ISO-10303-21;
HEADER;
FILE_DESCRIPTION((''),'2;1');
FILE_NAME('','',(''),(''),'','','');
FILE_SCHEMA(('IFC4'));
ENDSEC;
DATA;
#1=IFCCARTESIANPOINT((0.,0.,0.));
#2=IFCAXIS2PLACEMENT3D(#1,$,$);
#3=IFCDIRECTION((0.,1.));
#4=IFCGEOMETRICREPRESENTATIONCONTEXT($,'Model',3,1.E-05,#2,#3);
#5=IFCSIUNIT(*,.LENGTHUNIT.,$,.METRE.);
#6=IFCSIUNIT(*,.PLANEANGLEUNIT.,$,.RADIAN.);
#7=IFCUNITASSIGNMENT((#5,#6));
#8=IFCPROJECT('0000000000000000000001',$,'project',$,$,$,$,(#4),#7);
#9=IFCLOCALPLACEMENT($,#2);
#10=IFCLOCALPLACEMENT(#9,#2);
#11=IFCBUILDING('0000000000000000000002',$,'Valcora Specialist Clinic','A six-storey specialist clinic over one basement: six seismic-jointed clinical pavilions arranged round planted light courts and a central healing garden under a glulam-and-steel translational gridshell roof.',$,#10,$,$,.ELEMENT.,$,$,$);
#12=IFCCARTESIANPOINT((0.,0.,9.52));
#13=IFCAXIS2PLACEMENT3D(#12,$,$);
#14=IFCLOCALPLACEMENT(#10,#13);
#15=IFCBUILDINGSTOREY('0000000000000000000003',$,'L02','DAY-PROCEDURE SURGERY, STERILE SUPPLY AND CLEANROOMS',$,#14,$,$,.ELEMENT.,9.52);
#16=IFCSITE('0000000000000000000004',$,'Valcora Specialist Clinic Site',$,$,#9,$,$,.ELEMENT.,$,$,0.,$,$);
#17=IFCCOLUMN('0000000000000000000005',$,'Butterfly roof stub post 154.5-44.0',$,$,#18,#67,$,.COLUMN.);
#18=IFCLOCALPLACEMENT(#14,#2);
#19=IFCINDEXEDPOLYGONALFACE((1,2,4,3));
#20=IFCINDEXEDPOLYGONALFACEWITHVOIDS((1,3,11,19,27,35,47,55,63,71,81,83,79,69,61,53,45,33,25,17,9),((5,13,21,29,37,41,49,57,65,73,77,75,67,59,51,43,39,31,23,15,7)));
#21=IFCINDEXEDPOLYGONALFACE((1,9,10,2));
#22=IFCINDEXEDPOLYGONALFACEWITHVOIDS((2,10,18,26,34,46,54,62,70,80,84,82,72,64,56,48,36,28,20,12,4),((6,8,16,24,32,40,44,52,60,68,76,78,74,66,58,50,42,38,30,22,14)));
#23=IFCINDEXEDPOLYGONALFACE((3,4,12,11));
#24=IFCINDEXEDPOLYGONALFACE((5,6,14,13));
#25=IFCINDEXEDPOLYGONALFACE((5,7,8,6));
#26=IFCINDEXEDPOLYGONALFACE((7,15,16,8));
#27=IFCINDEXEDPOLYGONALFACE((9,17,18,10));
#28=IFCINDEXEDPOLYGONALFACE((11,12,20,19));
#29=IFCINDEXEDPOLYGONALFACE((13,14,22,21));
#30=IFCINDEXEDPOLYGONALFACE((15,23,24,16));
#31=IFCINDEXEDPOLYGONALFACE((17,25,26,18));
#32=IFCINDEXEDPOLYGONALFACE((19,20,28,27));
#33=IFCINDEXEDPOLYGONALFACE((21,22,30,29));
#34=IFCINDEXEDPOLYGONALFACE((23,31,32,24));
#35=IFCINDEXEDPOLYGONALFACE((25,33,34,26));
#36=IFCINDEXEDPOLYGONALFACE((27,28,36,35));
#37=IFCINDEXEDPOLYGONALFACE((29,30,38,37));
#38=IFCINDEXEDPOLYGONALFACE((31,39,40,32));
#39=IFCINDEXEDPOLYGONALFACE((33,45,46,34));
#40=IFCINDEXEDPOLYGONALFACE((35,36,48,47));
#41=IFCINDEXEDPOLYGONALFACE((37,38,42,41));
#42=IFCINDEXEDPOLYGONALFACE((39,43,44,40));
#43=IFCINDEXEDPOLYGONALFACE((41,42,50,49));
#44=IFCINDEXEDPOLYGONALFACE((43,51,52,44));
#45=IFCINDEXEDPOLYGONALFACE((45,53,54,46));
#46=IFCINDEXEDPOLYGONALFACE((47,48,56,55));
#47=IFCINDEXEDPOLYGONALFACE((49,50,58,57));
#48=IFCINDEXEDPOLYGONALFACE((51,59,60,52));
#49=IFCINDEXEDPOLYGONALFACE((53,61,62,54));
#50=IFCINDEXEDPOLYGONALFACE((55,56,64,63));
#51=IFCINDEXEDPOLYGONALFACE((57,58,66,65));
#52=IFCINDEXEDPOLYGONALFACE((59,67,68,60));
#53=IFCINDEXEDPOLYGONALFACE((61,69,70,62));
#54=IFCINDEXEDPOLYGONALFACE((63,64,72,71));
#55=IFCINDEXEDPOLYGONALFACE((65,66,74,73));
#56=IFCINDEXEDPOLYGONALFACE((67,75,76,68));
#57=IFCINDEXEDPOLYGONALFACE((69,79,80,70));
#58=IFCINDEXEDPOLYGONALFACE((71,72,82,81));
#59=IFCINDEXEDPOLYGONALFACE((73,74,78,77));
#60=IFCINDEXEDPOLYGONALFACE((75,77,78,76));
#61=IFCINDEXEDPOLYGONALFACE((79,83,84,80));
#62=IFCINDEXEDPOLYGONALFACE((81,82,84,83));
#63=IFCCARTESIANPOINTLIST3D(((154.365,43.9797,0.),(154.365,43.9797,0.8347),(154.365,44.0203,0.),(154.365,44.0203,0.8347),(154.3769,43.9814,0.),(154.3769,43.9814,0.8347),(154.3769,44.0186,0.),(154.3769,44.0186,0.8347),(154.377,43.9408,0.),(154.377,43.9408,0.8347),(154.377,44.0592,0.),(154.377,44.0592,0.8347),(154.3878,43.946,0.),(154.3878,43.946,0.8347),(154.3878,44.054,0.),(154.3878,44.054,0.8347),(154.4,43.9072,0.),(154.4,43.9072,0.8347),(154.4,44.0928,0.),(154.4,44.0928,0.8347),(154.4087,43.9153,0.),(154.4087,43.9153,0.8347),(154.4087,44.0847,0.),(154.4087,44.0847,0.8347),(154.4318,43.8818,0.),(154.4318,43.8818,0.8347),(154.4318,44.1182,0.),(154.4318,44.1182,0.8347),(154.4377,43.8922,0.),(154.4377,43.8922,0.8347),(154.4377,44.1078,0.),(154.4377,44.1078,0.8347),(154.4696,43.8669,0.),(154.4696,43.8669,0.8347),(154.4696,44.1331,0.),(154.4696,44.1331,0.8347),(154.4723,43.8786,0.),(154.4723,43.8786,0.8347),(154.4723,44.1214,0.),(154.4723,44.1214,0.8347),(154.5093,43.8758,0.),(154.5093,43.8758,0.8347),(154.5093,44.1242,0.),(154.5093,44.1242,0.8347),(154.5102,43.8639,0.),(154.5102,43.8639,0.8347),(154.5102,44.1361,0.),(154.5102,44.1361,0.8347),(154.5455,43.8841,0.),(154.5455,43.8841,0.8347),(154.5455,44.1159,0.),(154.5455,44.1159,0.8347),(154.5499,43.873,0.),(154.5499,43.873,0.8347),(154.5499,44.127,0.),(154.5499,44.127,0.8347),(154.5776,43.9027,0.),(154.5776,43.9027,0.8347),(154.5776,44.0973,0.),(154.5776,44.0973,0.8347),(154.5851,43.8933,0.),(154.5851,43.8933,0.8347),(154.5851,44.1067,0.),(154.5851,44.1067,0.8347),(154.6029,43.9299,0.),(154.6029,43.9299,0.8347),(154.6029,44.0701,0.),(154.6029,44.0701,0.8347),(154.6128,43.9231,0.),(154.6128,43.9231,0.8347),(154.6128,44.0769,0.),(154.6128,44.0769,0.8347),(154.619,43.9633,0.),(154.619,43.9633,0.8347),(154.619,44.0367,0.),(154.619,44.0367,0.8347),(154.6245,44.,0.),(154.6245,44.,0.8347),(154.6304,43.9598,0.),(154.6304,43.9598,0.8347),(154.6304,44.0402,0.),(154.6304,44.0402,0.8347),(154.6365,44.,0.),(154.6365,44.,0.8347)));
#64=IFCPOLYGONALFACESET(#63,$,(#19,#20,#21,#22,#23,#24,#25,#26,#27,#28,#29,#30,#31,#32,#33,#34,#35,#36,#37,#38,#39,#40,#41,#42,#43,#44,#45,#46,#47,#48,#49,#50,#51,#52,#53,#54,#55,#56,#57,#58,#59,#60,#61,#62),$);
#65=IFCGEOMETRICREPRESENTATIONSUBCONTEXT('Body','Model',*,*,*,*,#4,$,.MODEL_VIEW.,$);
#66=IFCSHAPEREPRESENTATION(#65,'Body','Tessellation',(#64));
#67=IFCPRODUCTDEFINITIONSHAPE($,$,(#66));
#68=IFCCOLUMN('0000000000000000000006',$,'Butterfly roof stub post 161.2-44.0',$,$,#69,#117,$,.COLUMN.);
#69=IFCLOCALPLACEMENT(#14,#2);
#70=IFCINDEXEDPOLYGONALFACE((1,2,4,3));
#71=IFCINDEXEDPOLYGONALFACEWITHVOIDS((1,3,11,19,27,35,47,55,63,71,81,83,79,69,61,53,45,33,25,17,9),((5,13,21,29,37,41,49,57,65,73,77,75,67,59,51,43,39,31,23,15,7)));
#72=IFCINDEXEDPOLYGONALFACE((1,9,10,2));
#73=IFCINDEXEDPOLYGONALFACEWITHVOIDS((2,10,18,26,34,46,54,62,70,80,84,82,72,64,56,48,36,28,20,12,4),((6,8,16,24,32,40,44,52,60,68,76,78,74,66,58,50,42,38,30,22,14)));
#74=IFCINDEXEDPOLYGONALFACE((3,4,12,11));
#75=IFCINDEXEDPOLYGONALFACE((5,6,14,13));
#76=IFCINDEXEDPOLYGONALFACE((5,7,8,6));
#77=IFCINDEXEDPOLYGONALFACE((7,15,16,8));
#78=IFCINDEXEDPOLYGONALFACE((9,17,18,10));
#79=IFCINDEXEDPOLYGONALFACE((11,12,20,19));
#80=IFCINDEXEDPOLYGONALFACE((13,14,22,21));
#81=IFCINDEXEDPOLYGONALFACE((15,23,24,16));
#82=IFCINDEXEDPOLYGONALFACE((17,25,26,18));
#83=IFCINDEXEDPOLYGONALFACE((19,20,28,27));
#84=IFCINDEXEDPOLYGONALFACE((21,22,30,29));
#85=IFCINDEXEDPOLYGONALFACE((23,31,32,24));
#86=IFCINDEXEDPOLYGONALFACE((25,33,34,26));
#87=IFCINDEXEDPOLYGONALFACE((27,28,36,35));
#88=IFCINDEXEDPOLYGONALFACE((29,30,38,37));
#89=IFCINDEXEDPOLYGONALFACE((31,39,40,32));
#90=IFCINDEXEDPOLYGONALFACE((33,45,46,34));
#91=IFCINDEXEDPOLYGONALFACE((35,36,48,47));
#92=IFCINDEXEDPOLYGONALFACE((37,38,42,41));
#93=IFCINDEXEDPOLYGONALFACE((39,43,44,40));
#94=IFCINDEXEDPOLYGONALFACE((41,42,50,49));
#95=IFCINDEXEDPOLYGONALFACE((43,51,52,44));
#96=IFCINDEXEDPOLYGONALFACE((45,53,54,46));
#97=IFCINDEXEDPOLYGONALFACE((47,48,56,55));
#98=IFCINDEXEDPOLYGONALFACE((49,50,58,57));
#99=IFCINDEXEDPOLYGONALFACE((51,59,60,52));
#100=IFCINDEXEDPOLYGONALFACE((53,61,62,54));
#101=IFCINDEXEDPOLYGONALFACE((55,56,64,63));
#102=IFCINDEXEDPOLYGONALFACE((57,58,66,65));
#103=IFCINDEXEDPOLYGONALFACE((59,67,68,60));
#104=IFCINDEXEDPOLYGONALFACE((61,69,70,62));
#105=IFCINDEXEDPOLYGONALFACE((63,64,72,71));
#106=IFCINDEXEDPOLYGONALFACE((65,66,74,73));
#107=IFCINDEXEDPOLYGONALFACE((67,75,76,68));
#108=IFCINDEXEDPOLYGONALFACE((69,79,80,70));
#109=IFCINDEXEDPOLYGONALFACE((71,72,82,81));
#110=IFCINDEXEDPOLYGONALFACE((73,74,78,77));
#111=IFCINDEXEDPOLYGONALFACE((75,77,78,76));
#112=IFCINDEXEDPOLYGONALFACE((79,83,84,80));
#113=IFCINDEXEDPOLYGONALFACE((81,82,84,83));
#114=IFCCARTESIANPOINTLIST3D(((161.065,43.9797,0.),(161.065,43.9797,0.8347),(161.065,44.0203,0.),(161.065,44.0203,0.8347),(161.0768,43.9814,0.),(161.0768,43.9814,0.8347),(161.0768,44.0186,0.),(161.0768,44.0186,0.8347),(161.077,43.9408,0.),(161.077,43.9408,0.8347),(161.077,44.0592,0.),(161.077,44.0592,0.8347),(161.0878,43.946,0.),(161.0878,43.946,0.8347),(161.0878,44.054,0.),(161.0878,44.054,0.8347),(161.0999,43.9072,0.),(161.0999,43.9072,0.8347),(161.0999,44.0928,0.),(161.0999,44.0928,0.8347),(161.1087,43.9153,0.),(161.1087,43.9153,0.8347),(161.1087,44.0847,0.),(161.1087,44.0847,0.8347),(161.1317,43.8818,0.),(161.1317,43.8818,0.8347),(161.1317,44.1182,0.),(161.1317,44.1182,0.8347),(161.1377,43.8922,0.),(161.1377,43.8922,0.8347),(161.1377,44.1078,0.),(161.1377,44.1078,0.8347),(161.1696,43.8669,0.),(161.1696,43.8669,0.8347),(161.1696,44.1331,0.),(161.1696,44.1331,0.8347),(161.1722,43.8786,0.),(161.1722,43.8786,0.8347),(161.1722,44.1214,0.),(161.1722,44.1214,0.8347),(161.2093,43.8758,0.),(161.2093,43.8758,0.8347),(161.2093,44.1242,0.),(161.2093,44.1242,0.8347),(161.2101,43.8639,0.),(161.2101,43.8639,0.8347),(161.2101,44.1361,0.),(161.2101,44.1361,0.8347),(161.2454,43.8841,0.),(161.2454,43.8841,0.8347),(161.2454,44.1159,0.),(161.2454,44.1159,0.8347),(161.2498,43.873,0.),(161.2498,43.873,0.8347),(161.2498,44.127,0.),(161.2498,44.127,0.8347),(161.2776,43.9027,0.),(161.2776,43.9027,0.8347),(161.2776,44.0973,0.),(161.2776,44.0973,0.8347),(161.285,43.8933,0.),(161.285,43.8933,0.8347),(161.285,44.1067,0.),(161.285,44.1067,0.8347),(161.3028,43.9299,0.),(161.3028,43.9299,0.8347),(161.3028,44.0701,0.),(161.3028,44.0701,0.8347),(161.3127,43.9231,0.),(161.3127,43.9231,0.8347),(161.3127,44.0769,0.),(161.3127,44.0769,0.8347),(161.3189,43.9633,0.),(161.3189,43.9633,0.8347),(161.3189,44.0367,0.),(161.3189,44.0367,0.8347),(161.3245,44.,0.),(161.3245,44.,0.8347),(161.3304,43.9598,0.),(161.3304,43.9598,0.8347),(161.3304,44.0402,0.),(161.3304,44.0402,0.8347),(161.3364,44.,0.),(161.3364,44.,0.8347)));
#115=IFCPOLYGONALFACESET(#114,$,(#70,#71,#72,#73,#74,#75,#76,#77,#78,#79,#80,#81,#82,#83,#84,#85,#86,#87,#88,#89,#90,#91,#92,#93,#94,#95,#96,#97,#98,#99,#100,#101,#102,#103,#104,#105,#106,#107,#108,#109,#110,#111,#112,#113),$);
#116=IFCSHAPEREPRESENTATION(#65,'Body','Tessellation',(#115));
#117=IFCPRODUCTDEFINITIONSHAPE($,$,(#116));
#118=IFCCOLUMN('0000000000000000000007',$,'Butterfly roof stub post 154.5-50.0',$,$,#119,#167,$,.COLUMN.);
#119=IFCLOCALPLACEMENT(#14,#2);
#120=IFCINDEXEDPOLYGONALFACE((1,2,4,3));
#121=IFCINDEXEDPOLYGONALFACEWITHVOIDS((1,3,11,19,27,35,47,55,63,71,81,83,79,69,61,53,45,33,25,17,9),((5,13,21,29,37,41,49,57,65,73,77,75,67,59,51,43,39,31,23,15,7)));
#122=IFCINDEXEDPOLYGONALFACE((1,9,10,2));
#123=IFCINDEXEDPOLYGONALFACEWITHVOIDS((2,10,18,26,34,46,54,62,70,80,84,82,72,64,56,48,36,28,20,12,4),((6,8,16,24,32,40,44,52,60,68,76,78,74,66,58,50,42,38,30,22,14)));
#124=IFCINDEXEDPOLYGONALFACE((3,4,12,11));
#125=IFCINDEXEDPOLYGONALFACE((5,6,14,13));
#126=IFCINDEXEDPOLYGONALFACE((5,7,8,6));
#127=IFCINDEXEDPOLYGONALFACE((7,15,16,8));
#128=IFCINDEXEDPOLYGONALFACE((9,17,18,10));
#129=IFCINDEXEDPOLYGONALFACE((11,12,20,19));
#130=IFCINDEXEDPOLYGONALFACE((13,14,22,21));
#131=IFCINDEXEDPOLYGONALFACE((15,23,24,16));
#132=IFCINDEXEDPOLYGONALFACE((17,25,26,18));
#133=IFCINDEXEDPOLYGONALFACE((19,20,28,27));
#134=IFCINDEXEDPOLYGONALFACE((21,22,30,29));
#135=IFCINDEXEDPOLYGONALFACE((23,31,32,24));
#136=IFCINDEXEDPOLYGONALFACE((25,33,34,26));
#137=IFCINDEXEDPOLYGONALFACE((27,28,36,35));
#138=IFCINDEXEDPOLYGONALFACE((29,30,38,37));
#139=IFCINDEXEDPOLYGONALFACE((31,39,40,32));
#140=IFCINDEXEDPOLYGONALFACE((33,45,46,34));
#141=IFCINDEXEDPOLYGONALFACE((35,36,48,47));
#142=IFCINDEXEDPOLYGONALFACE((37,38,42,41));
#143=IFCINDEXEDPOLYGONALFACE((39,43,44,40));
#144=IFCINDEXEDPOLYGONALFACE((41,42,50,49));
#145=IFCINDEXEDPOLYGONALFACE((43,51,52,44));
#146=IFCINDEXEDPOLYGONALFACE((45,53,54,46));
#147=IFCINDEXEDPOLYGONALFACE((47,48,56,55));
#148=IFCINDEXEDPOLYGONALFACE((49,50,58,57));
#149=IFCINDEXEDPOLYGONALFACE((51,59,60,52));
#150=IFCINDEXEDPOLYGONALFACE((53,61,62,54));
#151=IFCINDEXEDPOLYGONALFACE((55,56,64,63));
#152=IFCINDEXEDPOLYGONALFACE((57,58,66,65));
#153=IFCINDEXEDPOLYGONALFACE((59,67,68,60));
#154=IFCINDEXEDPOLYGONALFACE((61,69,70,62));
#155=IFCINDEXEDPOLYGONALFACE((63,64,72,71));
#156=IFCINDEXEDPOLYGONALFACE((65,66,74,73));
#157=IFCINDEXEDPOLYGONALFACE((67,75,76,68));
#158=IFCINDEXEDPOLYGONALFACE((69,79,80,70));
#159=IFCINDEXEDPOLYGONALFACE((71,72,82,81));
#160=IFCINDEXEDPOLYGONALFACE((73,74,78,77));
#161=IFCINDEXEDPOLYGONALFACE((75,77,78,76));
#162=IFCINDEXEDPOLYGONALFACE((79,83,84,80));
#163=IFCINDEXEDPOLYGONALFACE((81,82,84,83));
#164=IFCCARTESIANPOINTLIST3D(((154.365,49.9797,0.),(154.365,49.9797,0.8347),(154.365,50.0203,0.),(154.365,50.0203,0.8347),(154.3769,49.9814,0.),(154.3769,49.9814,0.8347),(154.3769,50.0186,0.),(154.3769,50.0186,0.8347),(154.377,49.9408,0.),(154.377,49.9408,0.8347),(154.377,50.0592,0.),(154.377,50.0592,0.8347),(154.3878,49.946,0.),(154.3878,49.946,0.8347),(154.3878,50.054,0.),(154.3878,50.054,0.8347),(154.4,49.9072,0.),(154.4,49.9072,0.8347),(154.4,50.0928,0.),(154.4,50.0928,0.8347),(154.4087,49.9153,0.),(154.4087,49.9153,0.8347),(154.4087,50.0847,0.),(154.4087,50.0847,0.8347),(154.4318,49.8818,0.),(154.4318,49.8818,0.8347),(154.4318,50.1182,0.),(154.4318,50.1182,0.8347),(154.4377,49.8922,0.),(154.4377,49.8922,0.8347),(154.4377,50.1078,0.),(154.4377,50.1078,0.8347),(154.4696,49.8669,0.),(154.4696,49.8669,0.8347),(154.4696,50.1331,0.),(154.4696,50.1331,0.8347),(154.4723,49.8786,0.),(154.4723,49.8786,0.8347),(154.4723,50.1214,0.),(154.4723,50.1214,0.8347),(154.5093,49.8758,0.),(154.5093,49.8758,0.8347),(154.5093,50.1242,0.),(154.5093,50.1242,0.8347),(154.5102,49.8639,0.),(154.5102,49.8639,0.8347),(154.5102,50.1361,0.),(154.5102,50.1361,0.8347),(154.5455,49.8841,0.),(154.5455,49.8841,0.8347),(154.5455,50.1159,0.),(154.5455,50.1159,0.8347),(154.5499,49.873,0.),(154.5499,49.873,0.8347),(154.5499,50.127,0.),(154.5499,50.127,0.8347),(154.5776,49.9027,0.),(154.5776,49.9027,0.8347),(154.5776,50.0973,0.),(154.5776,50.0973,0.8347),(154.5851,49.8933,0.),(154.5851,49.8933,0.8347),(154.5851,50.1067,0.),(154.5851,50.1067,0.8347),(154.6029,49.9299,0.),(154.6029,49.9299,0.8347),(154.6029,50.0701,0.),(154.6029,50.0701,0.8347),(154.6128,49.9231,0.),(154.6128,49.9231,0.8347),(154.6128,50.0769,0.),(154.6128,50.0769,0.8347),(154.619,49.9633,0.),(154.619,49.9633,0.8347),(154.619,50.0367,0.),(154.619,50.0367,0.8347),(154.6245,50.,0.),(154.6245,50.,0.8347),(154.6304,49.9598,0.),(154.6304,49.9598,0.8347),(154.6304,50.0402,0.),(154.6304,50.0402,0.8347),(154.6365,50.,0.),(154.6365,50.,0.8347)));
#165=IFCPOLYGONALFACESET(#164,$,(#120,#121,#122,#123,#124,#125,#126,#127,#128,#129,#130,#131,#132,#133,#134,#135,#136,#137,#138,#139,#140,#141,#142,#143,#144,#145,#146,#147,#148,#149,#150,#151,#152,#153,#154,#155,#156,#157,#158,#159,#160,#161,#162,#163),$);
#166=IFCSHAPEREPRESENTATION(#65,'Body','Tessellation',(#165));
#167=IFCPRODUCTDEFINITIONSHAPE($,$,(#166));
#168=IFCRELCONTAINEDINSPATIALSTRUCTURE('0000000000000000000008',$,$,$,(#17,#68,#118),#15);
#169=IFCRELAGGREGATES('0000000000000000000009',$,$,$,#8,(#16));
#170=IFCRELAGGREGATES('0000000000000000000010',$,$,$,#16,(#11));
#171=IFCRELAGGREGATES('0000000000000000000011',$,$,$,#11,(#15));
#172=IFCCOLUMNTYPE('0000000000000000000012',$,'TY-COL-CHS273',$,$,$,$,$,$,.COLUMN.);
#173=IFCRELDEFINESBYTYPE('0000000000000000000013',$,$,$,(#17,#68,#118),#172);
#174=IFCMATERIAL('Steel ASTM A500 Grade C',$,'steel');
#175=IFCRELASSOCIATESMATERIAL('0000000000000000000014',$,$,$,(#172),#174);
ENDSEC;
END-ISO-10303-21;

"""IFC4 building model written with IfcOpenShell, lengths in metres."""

from ifc_helpers import new_model, si_unit, direction, frame, origin, origin_2d, place, context, subcontext, project, spatial, hollow_circle, extrude, material, material_profile, profile_set, type_object, element, save


model = new_model("IFC4")

# Units and contexts
model_context = context("Model", 3, precision=1e-05, world=origin(), true_north=direction((0.0, 1.0)))
body_context = subcontext(model_context, "Body", "Model", "MODEL_VIEW")
ifc_project = project(units=[si_unit("LENGTHUNIT", "METRE"), si_unit("PLANEANGLEUNIT", "RADIAN")], contexts=[model_context])

# Site, building, storey
site_placement = place(None, origin())
site = spatial("IfcSite", under=ifc_project, at=site_placement, Name="Valcora Specialist Clinic Site", CompositionType="ELEMENT", RefElevation=0.0)
building_placement = place(site_placement, origin())
building = spatial("IfcBuilding", under=site, at=building_placement, Name="Valcora Specialist Clinic", Description="A six-storey specialist clinic over one basement: six seismic-jointed clinical pavilions arranged round planted light courts and a central healing garden under a glulam-and-steel translational gridshell roof.", CompositionType="ELEMENT")
storey_placement = place(building_placement, frame((0.0, 0.0, 9.52)))
storey = spatial("IfcBuildingStorey", under=building, at=storey_placement, Name="L02", Description="DAY-PROCEDURE SURGERY, STERILE SUPPLY AND CLEANROOMS", CompositionType="ELEMENT", Elevation=9.52)

# Columns
ifc_material_1 = material(Name="Steel ASTM A500 Grade C", Category="steel")
ifc_material_profile_1 = material_profile(ifc_material_1, hollow_circle(Radius=0.1365, WallThickness=0.012, at=origin_2d()), Name="ST-CHS-273X12")
ifc_profile_set_1 = profile_set([ifc_material_profile_1], Name="Steel ASTM A500 Grade C")
column_type = type_object("IfcColumnType", Name="TY-COL-CHS273", PredefinedType="COLUMN", material=ifc_profile_set_1)
for number, where, z_axis, x_axis, name in (
    (1, (154.5, 44.0, 0.0), (0.0, 0.0, 1.0), (1.0, 0.0, 0.0), "Butterfly roof stub post 154.5-44.0"),
    (2, (161.2, 44.0, 0.0), (0.0, 0.0, 1.0), (1.0, 0.0, 0.0), "Butterfly roof stub post 161.2-44.0"),
    (3, (154.5, 50.0, 0.0), (0.0, 0.0, 1.0), (1.0, 0.0, 0.0), "Butterfly roof stub post 154.5-50.0"),
):
    element("IfcColumn", number, at=place(storey_placement, frame(where, z_axis=z_axis, x_axis=x_axis)), inside=storey, type_object=column_type, Name=name, PredefinedType="COLUMN", context=body_context, shape_type="SweptSolid", body=[
        extrude(hollow_circle(Radius=0.1365, WallThickness=0.012, at=origin_2d()), origin(), (0.0, 0.0, 1.0), 0.8347),
    ])

save(model, "model.ifc")
